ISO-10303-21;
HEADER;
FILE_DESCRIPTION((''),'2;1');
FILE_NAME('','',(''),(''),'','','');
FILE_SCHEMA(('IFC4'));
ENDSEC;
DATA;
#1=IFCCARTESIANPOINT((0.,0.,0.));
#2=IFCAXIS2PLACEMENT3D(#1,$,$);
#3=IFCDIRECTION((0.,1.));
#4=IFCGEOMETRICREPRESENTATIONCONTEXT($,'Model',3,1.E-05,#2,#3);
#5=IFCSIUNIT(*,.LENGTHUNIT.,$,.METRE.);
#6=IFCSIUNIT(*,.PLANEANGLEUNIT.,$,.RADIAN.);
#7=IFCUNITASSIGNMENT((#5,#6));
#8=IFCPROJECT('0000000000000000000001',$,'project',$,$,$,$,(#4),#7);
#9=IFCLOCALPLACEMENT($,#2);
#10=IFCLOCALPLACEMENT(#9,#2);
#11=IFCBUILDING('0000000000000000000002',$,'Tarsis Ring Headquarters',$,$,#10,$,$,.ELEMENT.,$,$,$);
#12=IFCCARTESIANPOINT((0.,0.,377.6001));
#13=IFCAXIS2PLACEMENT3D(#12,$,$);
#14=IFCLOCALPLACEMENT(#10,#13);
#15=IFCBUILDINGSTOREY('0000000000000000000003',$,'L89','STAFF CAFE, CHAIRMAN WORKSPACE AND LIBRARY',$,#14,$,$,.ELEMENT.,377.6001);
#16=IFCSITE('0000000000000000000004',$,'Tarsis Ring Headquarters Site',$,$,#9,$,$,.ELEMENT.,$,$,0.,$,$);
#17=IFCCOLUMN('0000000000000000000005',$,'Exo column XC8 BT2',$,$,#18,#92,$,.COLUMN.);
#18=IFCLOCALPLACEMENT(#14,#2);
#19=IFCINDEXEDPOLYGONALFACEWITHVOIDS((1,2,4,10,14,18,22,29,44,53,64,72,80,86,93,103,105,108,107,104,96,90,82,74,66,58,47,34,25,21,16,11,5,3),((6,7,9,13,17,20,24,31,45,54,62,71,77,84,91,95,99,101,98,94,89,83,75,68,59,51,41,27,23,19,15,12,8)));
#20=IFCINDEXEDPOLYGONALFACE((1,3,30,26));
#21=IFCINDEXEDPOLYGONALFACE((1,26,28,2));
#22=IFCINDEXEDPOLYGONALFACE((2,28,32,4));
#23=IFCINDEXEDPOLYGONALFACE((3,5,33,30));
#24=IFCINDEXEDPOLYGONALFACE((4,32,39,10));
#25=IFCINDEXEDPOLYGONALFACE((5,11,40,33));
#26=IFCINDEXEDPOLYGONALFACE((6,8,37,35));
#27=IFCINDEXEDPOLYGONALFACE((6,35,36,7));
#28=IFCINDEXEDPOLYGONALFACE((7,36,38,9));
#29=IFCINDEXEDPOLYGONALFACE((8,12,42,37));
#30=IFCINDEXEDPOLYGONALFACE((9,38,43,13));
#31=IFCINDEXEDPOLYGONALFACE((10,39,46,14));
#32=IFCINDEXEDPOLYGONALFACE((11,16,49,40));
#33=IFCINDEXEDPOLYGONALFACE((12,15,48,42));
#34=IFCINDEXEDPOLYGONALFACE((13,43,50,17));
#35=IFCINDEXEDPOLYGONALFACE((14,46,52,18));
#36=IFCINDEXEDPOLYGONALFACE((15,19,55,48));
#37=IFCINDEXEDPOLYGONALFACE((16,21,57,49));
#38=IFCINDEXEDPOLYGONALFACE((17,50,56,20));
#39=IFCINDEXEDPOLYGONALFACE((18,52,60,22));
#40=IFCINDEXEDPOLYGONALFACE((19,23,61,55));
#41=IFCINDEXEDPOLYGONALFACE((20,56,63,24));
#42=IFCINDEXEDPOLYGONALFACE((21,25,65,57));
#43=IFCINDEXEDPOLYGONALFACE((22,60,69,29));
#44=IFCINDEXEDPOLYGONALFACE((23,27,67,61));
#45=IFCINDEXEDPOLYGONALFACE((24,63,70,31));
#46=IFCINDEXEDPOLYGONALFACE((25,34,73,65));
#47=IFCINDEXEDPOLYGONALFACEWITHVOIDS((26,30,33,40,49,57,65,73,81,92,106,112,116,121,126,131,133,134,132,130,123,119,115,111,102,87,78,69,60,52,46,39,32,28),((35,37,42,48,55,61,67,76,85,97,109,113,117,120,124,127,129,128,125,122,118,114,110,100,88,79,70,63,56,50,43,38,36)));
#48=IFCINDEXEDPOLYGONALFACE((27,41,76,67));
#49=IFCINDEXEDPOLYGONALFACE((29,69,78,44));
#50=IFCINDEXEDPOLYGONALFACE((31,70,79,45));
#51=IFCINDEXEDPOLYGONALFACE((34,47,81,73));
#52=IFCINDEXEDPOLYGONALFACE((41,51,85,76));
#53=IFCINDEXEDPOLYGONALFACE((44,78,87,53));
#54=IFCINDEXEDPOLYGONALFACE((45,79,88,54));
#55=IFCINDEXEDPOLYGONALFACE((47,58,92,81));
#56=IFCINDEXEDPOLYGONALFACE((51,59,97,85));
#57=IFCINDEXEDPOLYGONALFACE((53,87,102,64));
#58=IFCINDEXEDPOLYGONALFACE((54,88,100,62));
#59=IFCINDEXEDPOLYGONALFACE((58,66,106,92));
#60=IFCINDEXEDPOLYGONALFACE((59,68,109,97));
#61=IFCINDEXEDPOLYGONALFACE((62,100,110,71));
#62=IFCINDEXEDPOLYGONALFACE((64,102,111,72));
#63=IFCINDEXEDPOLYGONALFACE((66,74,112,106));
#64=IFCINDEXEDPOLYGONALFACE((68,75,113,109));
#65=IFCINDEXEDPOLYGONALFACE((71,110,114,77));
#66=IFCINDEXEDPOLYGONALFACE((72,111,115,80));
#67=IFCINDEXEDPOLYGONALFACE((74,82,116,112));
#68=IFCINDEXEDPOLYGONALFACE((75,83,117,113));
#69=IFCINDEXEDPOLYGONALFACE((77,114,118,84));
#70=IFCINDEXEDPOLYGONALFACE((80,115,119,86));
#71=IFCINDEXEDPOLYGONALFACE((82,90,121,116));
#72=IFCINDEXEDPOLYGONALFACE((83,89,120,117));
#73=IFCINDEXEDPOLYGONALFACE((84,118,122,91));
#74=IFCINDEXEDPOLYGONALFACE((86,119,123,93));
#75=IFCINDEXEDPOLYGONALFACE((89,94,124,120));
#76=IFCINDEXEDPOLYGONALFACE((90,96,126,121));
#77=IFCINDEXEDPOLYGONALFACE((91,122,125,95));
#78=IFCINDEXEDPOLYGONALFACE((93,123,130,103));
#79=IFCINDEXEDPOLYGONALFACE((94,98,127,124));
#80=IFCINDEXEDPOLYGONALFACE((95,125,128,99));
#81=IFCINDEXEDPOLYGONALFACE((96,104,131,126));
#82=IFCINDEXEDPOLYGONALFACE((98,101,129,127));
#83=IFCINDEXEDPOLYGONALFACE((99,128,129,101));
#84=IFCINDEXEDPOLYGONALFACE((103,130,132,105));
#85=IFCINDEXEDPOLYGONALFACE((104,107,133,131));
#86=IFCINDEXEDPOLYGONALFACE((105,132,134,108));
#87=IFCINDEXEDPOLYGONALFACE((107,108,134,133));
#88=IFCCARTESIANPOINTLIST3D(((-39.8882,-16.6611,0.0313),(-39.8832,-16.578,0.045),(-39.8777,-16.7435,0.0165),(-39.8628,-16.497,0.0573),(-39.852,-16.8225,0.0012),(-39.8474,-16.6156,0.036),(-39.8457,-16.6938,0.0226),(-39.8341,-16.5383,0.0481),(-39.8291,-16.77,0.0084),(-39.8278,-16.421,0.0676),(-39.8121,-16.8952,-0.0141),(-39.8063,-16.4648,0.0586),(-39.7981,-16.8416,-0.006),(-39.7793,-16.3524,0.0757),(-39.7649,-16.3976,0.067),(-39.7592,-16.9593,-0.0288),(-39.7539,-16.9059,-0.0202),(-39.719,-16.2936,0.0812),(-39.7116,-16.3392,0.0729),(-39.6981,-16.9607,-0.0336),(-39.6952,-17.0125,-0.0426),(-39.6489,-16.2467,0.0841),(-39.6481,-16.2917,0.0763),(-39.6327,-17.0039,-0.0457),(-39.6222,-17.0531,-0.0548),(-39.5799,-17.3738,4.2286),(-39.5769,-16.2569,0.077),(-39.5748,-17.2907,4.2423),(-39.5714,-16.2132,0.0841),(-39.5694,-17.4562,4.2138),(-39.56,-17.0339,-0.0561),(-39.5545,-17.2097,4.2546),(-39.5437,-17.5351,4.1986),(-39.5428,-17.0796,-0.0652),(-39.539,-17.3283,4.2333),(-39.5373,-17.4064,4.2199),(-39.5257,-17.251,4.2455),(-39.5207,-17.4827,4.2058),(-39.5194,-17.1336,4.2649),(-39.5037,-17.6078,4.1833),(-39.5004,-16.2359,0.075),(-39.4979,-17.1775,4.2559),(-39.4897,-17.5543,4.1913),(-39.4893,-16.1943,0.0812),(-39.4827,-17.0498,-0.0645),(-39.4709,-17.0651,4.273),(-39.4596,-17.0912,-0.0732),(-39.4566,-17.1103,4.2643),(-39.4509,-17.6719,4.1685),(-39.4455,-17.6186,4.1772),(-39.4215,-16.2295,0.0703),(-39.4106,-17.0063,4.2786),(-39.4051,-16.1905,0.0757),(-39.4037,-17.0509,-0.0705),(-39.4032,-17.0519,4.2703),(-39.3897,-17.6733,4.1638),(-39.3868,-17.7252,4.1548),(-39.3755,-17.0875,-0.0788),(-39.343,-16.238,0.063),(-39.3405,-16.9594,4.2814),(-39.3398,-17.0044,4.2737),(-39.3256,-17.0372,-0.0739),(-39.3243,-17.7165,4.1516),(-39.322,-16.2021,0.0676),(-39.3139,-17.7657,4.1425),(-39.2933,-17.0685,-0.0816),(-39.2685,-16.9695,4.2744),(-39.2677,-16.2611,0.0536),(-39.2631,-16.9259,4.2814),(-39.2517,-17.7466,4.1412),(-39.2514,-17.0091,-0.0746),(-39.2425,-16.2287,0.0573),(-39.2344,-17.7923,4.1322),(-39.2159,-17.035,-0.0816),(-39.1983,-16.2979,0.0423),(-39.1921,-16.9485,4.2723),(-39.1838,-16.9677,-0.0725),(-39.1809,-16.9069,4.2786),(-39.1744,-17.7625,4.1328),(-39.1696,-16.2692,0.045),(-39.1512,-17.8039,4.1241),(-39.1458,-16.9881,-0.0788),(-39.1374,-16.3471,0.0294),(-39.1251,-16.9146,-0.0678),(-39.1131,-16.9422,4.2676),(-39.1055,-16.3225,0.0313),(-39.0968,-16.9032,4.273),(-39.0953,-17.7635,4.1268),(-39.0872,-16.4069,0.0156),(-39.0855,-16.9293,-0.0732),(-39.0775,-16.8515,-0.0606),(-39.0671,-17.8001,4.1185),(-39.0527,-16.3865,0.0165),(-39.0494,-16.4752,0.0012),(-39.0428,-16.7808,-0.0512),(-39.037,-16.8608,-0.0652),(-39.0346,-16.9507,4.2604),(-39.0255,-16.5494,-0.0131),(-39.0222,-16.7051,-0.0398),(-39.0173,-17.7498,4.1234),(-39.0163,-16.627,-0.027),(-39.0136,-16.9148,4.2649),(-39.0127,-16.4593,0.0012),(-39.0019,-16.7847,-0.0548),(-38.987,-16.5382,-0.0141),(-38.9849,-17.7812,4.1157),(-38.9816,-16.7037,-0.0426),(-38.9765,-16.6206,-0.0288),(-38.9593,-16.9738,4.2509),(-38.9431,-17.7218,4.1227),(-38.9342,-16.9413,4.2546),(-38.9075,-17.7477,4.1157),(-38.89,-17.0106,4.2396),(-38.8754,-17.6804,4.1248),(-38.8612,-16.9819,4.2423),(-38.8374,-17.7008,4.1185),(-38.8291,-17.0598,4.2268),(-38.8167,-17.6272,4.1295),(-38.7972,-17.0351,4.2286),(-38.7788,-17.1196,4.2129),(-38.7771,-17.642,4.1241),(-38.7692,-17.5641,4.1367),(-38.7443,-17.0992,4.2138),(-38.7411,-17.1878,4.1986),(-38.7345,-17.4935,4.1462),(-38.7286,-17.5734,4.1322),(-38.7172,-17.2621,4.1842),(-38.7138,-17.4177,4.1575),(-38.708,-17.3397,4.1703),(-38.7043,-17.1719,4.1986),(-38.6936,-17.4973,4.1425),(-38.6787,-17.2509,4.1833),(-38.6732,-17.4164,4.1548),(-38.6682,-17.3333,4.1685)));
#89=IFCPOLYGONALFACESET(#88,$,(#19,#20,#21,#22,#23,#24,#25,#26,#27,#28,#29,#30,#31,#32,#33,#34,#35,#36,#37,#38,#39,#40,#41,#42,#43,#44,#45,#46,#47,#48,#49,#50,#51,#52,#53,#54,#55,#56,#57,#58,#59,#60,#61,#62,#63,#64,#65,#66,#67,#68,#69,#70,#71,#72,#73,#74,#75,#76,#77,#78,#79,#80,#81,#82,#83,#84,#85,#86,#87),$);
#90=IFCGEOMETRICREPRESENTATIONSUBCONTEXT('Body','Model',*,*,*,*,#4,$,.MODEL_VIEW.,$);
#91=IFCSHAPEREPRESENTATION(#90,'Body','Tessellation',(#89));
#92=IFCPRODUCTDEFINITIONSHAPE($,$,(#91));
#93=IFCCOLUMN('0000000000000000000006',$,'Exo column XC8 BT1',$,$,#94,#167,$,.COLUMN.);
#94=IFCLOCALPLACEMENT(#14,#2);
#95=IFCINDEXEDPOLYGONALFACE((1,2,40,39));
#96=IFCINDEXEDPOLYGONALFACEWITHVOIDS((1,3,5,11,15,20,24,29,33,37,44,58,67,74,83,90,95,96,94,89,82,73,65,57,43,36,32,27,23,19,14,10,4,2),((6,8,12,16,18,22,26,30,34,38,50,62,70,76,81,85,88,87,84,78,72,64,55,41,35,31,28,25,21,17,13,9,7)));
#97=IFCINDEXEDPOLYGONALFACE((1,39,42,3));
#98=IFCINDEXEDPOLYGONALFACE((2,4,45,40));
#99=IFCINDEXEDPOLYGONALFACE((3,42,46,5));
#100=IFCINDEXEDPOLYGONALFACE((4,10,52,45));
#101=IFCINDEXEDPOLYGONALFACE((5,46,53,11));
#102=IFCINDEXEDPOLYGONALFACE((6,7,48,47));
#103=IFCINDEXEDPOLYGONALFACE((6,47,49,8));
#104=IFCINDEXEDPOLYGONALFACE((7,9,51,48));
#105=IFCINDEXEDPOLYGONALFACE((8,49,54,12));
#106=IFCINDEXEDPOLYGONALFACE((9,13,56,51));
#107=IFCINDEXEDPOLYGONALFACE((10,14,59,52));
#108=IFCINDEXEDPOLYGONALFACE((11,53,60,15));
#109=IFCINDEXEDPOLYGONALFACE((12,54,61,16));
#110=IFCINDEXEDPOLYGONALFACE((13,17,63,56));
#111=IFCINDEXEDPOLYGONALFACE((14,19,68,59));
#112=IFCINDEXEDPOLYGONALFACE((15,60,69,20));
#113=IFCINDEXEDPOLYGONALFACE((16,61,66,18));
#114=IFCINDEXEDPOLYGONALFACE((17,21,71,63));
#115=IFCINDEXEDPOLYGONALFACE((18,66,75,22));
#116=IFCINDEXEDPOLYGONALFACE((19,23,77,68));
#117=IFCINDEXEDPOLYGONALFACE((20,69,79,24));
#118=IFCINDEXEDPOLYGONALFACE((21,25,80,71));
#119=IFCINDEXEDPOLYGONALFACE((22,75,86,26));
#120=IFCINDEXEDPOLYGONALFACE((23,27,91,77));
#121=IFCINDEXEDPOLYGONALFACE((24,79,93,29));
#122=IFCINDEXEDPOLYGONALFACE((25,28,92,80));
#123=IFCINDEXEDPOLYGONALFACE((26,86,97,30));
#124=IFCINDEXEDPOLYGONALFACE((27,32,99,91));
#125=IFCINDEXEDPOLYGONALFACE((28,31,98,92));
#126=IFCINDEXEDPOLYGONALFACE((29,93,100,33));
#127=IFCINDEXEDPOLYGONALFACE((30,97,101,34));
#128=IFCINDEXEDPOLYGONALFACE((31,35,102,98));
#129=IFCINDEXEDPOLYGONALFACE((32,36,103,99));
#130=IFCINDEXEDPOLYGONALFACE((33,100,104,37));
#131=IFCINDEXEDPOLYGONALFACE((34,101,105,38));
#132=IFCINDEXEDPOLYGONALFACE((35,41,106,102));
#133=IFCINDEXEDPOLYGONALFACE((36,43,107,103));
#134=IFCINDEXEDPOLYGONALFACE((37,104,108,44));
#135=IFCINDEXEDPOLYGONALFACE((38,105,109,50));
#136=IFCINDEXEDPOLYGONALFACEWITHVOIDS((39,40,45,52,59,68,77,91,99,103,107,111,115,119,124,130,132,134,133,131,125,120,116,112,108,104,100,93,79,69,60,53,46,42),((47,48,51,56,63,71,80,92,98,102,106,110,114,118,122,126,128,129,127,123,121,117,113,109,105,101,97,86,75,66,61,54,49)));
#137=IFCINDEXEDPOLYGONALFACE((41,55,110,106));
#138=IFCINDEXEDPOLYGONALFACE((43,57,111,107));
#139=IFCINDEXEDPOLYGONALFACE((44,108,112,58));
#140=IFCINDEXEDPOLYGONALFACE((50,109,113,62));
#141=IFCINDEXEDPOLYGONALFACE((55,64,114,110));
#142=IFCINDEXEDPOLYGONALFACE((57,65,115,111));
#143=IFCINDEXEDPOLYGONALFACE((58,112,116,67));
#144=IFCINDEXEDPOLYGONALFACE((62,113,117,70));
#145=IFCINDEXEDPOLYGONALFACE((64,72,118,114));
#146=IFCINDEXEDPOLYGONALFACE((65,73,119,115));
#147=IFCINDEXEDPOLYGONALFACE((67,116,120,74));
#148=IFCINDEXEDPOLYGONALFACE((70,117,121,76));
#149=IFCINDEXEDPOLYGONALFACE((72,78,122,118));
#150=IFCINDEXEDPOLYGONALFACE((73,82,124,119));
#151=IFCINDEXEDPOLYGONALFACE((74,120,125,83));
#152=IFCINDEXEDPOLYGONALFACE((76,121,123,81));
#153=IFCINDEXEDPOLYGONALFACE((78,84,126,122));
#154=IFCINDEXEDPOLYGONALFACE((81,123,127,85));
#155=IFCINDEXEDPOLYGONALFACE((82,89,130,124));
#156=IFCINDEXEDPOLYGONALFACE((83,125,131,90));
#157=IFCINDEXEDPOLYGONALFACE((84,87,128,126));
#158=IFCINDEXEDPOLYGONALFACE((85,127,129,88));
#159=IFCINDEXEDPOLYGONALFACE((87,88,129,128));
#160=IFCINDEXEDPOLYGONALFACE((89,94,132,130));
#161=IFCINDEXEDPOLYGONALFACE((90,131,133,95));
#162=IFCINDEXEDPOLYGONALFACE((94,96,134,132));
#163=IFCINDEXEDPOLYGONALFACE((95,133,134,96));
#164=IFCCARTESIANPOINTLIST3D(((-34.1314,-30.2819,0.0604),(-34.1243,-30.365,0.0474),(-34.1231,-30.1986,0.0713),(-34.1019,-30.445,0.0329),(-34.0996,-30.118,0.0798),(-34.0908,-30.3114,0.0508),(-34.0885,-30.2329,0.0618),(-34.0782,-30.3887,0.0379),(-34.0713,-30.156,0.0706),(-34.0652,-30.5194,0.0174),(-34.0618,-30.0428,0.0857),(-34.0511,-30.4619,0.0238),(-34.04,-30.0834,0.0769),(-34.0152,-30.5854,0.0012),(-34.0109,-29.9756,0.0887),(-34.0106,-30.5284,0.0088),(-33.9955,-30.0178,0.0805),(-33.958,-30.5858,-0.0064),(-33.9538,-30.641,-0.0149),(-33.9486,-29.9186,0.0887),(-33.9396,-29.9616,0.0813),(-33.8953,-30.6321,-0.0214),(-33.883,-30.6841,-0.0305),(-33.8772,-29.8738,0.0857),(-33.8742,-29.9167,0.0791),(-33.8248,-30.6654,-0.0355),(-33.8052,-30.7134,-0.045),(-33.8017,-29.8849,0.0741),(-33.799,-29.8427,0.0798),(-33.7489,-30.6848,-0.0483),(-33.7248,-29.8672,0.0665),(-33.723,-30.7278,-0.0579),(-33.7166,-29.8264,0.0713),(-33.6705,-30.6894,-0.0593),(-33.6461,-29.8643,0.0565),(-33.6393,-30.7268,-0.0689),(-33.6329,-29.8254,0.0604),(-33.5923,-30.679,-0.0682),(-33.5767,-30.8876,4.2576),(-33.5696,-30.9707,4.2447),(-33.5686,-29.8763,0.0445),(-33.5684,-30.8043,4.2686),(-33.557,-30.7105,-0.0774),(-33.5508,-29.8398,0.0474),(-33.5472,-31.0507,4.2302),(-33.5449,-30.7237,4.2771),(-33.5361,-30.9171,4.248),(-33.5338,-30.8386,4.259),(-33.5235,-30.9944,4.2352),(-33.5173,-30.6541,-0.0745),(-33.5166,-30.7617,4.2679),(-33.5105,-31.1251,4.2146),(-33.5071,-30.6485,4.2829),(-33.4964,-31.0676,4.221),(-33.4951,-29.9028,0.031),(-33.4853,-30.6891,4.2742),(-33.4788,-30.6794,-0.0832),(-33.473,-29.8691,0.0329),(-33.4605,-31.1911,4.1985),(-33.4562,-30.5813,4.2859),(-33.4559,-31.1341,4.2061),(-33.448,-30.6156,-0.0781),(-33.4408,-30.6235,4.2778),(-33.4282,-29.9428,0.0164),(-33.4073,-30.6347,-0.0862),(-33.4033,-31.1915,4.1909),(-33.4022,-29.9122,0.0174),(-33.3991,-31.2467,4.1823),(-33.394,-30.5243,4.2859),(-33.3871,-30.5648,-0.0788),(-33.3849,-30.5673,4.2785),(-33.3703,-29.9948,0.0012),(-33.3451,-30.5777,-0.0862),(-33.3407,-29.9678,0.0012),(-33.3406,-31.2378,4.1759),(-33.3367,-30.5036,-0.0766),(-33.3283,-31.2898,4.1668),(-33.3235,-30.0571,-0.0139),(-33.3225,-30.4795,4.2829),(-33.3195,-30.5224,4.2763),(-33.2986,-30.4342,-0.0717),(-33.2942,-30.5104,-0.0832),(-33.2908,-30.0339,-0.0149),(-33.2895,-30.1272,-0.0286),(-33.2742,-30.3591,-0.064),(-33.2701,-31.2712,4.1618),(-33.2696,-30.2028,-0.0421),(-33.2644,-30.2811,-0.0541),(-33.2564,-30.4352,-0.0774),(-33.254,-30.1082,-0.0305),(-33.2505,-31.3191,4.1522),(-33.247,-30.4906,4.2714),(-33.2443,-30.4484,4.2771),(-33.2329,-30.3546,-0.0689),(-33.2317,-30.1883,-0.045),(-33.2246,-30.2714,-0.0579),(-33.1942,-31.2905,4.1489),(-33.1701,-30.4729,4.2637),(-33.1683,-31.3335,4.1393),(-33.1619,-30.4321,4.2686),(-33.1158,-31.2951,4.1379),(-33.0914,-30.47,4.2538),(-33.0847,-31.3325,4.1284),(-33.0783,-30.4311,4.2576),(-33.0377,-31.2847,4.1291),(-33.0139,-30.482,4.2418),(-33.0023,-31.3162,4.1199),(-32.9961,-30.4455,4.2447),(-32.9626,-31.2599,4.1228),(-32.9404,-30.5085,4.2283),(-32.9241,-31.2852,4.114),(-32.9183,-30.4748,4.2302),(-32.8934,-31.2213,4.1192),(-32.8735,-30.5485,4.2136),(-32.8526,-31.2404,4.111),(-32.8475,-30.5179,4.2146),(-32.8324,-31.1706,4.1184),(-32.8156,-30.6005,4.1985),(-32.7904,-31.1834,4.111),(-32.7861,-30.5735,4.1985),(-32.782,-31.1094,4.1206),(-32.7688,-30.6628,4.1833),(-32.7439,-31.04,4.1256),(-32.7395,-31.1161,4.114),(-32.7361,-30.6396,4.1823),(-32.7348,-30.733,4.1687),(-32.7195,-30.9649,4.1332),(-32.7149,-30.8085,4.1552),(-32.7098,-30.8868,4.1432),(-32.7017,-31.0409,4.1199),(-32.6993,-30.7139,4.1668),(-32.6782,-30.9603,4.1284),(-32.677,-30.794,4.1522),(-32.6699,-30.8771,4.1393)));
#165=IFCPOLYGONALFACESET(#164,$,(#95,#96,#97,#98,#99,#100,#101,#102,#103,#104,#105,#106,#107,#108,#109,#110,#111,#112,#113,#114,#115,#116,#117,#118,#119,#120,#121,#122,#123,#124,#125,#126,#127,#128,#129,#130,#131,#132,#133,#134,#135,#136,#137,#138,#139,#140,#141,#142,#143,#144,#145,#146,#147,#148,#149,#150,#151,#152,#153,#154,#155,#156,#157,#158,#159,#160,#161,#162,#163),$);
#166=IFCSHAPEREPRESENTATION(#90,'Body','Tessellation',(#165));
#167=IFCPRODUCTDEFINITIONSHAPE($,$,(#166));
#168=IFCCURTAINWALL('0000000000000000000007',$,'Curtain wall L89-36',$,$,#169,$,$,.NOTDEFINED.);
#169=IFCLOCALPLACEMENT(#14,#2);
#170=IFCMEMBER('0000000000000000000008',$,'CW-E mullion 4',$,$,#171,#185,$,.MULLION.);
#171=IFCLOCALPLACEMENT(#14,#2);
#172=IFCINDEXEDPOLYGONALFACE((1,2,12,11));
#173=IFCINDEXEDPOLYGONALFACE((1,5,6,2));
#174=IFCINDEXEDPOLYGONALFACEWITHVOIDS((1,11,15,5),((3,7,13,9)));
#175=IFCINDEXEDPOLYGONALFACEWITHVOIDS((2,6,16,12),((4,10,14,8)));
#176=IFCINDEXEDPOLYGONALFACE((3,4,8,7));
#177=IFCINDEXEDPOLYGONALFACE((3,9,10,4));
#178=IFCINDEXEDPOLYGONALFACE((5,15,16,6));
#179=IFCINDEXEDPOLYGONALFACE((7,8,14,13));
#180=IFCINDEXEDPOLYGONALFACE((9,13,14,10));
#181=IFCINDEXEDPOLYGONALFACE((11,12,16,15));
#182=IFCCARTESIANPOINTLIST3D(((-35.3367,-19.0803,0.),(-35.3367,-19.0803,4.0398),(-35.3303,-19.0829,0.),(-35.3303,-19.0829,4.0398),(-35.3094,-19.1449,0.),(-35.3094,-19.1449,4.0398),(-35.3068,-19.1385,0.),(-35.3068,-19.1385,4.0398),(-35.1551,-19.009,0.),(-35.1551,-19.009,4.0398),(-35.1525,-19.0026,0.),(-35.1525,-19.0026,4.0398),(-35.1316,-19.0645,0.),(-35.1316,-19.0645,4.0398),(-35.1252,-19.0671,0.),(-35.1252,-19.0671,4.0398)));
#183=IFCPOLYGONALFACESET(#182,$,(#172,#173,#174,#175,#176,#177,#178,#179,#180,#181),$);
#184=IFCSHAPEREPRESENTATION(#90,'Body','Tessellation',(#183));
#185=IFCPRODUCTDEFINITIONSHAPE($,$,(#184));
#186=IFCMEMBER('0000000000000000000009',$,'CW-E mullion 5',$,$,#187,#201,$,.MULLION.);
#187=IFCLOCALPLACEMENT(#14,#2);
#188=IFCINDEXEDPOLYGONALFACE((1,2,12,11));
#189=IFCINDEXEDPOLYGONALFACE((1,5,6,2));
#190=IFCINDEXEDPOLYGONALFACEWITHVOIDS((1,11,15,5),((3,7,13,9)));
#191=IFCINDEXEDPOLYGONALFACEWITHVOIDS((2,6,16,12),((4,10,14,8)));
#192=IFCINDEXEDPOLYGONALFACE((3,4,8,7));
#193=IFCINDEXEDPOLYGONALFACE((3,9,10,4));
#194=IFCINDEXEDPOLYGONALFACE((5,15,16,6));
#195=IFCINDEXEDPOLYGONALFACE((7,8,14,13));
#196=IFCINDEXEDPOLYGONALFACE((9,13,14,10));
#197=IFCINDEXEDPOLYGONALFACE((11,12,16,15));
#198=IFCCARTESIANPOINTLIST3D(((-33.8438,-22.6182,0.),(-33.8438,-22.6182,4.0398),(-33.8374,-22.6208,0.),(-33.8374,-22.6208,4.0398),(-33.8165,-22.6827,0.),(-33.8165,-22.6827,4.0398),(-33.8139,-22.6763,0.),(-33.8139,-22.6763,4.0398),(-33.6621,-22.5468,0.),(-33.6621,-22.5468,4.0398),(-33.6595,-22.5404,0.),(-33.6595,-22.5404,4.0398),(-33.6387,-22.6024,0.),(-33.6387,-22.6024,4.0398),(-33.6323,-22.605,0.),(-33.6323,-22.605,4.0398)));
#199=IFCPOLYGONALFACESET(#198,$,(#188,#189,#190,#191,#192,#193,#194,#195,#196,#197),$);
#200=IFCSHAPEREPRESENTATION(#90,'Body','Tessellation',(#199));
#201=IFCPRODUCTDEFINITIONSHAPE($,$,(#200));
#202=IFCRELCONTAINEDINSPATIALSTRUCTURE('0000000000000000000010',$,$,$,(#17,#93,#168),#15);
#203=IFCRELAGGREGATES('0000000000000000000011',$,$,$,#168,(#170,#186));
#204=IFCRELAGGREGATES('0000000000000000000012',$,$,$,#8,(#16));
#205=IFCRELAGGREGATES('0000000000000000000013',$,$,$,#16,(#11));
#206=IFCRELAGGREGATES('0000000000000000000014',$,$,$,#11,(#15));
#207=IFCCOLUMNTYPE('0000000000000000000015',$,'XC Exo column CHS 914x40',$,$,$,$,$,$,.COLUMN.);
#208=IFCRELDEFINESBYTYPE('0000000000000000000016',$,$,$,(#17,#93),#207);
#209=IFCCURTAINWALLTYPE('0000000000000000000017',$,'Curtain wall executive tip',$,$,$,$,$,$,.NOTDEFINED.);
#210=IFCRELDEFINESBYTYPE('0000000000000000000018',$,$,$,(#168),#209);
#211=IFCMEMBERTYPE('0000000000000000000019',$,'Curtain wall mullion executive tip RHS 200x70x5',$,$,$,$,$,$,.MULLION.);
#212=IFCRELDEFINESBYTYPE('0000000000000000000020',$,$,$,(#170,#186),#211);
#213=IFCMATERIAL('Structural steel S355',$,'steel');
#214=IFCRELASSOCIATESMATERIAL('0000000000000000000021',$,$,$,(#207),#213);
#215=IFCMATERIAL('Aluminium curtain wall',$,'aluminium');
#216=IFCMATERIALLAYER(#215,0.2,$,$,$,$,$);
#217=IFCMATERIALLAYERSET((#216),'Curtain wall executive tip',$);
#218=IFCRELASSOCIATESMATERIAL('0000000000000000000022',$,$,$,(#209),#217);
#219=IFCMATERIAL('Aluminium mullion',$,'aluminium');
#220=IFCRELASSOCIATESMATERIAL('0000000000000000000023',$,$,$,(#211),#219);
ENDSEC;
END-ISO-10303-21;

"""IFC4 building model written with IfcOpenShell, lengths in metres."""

from ifc_helpers import new_model, si_unit, direction, frame, origin, origin_2d, place, context, subcontext, project, spatial, hollow_rectangle, hollow_circle, extrude, material, layer, layer_set, material_profile, profile_set, type_object, element, aggregate, save


model = new_model("IFC4")

# Units and contexts
model_context = context("Model", 3, precision=1e-05, world=origin(), true_north=direction((0.0, 1.0)))
body_context = subcontext(model_context, "Body", "Model", "MODEL_VIEW")
ifc_project = project(units=[si_unit("LENGTHUNIT", "METRE"), si_unit("PLANEANGLEUNIT", "RADIAN")], contexts=[model_context])

# Site, building, storey
site_placement = place(None, origin())
site = spatial("IfcSite", under=ifc_project, at=site_placement, Name="Tarsis Ring Headquarters Site", CompositionType="ELEMENT", RefElevation=0.0)
building_placement = place(site_placement, origin())
building = spatial("IfcBuilding", under=site, at=building_placement, Name="Tarsis Ring Headquarters", CompositionType="ELEMENT")
storey_placement = place(building_placement, frame((0.0, 0.0, 377.6001)))
storey = spatial("IfcBuildingStorey", under=building, at=storey_placement, Name="L89", Description="STAFF CAFE, CHAIRMAN WORKSPACE AND LIBRARY", CompositionType="ELEMENT", Elevation=377.6001)

# Columns
ifc_material_1 = material(Name="Structural steel S355", Category="steel")
ifc_material_profile_1 = material_profile(ifc_material_1, hollow_circle(Radius=0.457, WallThickness=0.04, at=origin_2d()), Name="CHS 914x40")
ifc_profile_set_1 = profile_set([ifc_material_profile_1], Name="Structural steel S355")
column_type = type_object("IfcColumnType", Name="XC Exo column CHS 914x40", PredefinedType="COLUMN", material=ifc_profile_set_1)
column_1_placement = place(storey_placement, frame((-39.4324, -16.6409, 0.0012), z_axis=(0.072239, -0.166955, 0.983315), x_axis=(0.917773, 0.397104, 0.0)))
element("IfcColumn", 1, at=column_1_placement, inside=storey, type_object=column_type, Name="Exo column XC8 BT2", PredefinedType="COLUMN", context=body_context, shape_type="SweptSolid", body=[
    extrude(hollow_circle(Radius=0.4573, WallThickness=0.04, at=origin_2d()), origin(), (0.0, 0.0, 1.0), 4.2686),
])
column_2_placement = place(storey_placement, frame((-33.678, -30.2766, 0.0012), z_axis=(0.129695, -0.141625, 0.981388), x_axis=(0.737487, 0.675361, 0.0)))
element("IfcColumn", 2, at=column_2_placement, inside=storey, type_object=column_type, Name="Exo column XC8 BT1", PredefinedType="COLUMN", context=body_context, shape_type="SweptSolid", body=[
    extrude(hollow_circle(Radius=0.4573, WallThickness=0.04, at=origin_2d()), origin(), (0.0, 0.0, 1.0), 4.2769),
])

# Curtain wall, members
ifc_material_2 = material(Name="Aluminium curtain wall", Category="aluminium")
ifc_layer_1 = layer(ifc_material_2, 0.2)
ifc_layer_set_1 = layer_set([ifc_layer_1], Name="Curtain wall executive tip")
curtain_wall_type = type_object("IfcCurtainWallType", Name="Curtain wall executive tip", PredefinedType="NOTDEFINED", material=ifc_layer_set_1)
curtain_wall_placement = place(storey_placement, origin())
curtain_wall = element("IfcCurtainWall", 3, at=curtain_wall_placement, inside=storey, type_object=curtain_wall_type, Name="Curtain wall L89-36", PredefinedType="NOTDEFINED")
ifc_material_3 = material(Name="Aluminium mullion", Category="aluminium")
ifc_material_profile_2 = material_profile(ifc_material_3, hollow_rectangle(XDim=0.2, YDim=0.0701, WallThickness=0.0049, at=origin_2d()), Name="RHS 200x70x5")
ifc_profile_set_2 = profile_set([ifc_material_profile_2], Name="Aluminium mullion")
member_type_1 = type_object("IfcMemberType", Name="Curtain wall mullion executive tip RHS 200x70x5", PredefinedType="MULLION", material=ifc_profile_set_2)
member_1_placement = place(storey_placement, frame((-35.231, -19.0737, 0.0), z_axis=(0.0, 0.0, 1.0), x_axis=(0.921321, 0.388802, 0.0)))
member_1 = element("IfcMember", 4, at=member_1_placement, type_object=member_type_1, Name="CW-E mullion 4", PredefinedType="MULLION", context=body_context, shape_type="SweptSolid", body=[
    extrude(hollow_rectangle(XDim=0.2, YDim=0.0701, WallThickness=0.0049, at=origin_2d()), origin(), (0.0, 0.0, 1.0), 4.0398),
])
member_2_placement = place(storey_placement, frame((-33.738, -22.6116, 0.0), z_axis=(0.0, 0.0, 1.0), x_axis=(0.921321, 0.388802, 0.0)))
member_2 = element("IfcMember", 5, at=member_2_placement, type_object=member_type_1, Name="CW-E mullion 5", PredefinedType="MULLION", context=body_context, shape_type="SweptSolid", body=[
    extrude(hollow_rectangle(XDim=0.2, YDim=0.0701, WallThickness=0.0049, at=origin_2d()), origin(), (0.0, 0.0, 1.0), 4.0398),
])

aggregate(curtain_wall, [member_1, member_2])

save(model, "model.ifc")
